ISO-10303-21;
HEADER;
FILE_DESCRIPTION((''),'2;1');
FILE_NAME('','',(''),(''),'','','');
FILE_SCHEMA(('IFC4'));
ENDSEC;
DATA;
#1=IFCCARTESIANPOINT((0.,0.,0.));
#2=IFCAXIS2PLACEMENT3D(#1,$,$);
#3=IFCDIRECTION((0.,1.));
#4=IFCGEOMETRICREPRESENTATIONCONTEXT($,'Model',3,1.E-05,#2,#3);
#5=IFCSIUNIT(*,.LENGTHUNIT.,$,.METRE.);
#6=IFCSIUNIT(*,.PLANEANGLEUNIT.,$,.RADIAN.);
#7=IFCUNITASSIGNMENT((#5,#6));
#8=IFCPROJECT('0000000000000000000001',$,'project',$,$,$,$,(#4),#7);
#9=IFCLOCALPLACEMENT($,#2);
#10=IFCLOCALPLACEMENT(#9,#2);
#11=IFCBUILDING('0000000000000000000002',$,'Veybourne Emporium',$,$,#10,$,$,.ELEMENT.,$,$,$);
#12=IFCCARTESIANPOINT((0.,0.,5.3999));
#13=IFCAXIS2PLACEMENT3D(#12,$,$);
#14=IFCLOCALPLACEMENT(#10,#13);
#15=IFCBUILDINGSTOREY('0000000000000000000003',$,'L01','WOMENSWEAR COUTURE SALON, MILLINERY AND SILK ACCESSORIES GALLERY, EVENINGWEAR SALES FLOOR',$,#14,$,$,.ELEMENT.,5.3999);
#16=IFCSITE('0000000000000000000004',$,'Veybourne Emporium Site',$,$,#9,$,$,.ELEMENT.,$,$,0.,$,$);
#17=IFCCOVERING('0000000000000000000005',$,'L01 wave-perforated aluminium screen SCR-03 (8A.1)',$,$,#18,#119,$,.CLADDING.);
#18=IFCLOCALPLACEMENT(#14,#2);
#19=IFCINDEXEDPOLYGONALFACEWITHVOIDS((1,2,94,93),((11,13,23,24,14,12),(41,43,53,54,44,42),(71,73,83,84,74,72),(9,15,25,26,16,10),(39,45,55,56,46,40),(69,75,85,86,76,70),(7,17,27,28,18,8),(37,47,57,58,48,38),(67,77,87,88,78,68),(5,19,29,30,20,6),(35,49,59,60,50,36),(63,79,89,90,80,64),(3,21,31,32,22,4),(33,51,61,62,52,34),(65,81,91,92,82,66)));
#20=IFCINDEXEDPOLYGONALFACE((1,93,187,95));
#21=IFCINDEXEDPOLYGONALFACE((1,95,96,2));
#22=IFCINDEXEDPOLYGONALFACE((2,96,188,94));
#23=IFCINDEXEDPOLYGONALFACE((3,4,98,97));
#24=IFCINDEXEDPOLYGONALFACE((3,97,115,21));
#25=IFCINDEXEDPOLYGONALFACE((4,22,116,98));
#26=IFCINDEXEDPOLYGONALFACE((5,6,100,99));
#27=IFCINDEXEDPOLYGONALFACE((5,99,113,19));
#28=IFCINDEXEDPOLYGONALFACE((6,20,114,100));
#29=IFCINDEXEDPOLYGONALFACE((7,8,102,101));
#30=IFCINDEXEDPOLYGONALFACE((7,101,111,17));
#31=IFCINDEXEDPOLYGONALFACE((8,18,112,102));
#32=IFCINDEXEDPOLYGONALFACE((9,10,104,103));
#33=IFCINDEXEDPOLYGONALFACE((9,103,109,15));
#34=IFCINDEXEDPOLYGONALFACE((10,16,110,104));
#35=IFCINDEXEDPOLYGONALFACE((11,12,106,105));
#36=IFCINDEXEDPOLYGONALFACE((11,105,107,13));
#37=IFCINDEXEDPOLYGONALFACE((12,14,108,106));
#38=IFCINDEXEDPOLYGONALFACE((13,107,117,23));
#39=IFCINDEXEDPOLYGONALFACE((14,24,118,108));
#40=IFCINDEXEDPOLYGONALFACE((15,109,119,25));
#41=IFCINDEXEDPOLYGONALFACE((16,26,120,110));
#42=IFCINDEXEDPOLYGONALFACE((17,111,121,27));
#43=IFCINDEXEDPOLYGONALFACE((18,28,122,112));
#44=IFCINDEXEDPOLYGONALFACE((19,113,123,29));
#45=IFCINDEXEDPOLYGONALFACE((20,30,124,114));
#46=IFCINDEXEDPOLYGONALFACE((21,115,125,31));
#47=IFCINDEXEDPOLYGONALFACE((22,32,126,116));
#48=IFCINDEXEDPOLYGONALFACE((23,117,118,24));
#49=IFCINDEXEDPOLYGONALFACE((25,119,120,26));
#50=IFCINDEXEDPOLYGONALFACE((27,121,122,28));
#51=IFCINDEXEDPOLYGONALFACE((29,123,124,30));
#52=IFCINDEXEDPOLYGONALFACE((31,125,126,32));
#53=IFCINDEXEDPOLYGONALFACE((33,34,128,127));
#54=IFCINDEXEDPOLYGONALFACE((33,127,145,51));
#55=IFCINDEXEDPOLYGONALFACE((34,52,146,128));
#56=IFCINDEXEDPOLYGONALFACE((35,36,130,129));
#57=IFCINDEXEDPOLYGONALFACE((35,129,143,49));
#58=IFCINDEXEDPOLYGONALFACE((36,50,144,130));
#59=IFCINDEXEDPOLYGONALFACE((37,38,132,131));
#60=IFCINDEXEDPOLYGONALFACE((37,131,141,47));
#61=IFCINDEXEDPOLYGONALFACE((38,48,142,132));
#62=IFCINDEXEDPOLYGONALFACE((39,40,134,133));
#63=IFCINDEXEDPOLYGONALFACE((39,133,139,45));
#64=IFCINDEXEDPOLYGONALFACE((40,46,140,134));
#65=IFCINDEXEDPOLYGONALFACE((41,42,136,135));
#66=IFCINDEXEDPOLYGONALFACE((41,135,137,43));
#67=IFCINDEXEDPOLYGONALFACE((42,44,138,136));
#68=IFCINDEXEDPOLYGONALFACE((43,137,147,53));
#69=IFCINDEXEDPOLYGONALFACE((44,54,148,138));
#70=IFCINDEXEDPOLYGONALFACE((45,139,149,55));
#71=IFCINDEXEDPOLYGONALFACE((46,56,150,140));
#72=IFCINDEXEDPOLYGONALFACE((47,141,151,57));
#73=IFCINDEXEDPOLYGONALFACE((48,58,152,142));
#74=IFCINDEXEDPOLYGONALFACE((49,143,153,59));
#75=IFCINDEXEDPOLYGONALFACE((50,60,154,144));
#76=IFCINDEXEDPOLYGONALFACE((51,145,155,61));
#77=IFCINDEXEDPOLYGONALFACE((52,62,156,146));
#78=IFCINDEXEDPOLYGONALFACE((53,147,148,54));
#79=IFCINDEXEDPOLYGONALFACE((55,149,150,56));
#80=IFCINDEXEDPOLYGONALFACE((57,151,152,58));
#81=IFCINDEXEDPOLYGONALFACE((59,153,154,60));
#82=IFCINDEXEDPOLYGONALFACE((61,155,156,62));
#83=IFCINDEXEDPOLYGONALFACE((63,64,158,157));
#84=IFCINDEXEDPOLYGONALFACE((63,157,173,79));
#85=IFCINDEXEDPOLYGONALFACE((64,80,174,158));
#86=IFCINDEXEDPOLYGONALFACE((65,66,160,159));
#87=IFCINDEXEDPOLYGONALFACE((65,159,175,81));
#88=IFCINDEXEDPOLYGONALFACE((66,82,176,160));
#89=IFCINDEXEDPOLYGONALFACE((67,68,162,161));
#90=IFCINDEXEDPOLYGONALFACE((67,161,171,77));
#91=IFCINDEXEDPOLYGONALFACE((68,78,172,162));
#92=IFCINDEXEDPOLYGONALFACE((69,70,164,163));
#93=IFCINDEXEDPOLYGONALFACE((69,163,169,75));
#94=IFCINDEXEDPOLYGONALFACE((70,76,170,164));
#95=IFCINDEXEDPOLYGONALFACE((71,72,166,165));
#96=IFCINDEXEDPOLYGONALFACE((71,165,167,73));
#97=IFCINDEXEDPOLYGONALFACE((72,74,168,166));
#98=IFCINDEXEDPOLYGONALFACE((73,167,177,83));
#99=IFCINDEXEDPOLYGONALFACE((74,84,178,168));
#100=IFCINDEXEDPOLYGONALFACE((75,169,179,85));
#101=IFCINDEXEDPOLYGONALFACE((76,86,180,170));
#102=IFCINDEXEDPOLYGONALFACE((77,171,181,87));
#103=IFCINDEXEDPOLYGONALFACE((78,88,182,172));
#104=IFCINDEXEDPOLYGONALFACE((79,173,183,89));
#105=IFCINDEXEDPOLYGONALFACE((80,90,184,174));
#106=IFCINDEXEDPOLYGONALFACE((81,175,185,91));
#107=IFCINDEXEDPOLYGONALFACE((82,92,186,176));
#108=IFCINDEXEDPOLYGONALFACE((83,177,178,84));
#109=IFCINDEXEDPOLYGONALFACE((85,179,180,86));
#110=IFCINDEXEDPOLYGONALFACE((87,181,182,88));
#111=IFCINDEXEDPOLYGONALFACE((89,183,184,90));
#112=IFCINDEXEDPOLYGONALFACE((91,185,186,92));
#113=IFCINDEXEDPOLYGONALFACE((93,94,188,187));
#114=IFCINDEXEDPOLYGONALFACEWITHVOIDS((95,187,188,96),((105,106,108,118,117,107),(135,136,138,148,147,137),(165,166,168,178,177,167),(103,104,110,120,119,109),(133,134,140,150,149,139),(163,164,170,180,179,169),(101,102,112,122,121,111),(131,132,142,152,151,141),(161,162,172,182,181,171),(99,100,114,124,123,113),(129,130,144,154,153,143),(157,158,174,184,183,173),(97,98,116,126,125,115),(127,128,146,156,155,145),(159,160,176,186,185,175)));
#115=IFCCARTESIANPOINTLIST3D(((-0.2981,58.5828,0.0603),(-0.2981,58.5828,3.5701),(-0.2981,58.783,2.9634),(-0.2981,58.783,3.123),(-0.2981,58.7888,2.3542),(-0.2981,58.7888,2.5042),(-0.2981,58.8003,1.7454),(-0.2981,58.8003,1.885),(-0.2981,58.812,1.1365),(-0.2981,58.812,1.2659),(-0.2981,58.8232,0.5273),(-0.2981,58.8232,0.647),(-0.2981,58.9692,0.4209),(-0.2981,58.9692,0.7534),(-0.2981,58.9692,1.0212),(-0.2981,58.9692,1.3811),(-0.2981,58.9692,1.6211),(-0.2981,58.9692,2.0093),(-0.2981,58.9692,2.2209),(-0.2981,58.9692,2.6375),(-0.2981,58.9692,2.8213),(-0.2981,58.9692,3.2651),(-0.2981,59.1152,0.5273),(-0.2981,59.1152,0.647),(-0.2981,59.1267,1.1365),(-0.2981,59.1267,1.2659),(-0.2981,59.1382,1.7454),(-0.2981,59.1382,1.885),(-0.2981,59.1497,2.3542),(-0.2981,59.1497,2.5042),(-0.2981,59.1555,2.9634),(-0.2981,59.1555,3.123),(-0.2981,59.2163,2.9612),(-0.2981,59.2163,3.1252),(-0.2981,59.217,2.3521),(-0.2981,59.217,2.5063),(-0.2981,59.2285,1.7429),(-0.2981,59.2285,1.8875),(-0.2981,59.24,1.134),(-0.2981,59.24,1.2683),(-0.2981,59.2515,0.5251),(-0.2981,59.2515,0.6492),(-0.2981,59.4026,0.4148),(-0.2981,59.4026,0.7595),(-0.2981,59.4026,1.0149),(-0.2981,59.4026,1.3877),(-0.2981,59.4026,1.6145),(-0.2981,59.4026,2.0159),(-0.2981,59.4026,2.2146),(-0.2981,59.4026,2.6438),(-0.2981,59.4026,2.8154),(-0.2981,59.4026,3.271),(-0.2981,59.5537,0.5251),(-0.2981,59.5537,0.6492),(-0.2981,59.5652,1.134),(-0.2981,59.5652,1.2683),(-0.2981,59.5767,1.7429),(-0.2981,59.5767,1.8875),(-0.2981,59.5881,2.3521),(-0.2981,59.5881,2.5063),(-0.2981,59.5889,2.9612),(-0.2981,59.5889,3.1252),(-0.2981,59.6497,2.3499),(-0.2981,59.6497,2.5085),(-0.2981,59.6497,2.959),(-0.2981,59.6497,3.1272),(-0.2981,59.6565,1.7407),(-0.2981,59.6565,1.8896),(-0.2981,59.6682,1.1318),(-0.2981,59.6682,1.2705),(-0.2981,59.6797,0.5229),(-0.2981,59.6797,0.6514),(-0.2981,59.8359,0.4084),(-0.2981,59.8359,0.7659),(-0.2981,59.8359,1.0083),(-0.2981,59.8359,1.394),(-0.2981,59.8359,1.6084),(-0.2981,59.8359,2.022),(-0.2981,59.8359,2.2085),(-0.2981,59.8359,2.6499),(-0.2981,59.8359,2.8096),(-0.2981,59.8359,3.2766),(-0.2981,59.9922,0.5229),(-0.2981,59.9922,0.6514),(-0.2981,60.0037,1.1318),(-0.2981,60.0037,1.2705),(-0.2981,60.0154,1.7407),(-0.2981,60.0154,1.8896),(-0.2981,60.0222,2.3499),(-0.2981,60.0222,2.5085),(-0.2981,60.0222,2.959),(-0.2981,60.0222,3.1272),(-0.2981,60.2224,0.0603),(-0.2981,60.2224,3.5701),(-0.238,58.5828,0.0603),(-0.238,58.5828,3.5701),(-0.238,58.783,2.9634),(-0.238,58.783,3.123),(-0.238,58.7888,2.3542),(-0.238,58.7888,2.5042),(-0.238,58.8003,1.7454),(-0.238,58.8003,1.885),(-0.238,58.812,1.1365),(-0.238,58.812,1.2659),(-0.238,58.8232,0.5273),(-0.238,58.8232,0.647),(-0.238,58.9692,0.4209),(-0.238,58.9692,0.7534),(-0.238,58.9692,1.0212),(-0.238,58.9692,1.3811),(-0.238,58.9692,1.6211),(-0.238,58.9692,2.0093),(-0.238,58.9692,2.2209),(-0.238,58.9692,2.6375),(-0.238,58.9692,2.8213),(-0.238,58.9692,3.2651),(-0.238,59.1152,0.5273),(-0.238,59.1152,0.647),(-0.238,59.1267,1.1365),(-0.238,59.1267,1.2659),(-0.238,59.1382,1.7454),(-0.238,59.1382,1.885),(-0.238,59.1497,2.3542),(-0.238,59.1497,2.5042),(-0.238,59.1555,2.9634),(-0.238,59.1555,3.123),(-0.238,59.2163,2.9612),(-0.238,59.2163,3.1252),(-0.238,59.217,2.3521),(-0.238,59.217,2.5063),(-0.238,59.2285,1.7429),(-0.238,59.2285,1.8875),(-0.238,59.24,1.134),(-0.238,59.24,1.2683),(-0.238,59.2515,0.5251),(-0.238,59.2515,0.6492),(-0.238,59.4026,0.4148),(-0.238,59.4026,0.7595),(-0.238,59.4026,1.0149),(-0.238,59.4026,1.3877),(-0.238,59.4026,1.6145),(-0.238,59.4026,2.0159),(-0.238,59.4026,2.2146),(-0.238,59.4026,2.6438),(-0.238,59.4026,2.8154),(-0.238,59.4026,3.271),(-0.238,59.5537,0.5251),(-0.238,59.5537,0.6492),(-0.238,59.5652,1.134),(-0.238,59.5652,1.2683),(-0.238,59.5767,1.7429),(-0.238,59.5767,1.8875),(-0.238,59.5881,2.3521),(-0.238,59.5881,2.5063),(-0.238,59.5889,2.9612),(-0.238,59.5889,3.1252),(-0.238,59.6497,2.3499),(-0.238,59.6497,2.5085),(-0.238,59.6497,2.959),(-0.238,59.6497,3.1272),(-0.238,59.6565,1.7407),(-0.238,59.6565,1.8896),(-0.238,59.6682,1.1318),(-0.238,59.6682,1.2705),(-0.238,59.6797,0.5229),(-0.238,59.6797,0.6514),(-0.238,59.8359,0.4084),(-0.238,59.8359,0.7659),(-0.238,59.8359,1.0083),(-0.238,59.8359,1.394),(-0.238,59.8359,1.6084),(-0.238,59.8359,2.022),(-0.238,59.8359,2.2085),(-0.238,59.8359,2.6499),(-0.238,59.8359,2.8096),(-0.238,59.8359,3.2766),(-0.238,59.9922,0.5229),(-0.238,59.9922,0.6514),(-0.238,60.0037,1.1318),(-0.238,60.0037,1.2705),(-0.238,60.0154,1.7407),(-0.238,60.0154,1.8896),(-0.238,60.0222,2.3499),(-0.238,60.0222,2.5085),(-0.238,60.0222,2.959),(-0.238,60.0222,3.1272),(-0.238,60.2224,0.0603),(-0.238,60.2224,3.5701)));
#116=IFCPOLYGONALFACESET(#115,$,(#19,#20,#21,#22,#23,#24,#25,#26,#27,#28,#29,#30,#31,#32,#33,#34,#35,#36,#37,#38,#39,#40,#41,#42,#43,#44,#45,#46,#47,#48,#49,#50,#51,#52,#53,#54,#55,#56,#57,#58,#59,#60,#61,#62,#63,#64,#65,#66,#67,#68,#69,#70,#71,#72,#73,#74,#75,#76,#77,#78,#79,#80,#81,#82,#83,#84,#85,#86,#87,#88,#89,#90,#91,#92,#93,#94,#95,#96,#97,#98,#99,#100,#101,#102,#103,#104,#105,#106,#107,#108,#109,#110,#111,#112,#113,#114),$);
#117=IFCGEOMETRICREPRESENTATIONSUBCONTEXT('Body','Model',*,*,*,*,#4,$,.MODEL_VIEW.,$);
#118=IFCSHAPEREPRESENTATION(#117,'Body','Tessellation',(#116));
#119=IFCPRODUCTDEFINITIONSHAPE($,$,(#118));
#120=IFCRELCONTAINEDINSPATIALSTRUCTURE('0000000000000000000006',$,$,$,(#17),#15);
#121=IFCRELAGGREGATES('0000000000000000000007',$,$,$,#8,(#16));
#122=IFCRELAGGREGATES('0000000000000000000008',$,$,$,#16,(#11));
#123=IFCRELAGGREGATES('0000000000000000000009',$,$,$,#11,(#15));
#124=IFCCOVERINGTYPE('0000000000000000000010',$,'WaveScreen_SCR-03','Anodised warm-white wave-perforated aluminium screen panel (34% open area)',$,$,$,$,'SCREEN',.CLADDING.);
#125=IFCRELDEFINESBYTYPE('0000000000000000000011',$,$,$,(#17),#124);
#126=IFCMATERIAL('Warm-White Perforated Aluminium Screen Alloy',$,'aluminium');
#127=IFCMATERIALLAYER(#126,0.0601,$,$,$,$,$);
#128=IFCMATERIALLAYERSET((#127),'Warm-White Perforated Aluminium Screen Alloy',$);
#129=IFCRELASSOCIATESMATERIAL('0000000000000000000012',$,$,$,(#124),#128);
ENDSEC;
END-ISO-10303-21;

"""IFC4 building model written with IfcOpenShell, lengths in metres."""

from ifc_helpers import new_model, si_unit, direction, frame, origin, place, context, subcontext, project, spatial, polyline, outline, extrude, material, layer, layer_set, type_object, element, save


model = new_model("IFC4")

# Units and contexts
model_context = context("Model", 3, precision=1e-05, world=origin(), true_north=direction((0.0, 1.0)))
body_context = subcontext(model_context, "Body", "Model", "MODEL_VIEW")
ifc_project = project(units=[si_unit("LENGTHUNIT", "METRE"), si_unit("PLANEANGLEUNIT", "RADIAN")], contexts=[model_context])

# Site, building, storey
site_placement = place(None, origin())
site = spatial("IfcSite", under=ifc_project, at=site_placement, Name="Veybourne Emporium Site", CompositionType="ELEMENT", RefElevation=0.0)
building_placement = place(site_placement, origin())
building = spatial("IfcBuilding", under=site, at=building_placement, Name="Veybourne Emporium", CompositionType="ELEMENT")
storey_placement = place(building_placement, frame((0.0, 0.0, 5.3999)))
storey = spatial("IfcBuildingStorey", under=building, at=storey_placement, Name="L01", Description="WOMENSWEAR COUTURE SALON, MILLINERY AND SILK ACCESSORIES GALLERY, EVENINGWEAR SALES FLOOR", CompositionType="ELEMENT", Elevation=5.3999)

# Covering
ifc_material_1 = material(Name="Warm-White Perforated Aluminium Screen Alloy", Category="aluminium")
ifc_layer_1 = layer(ifc_material_1, 0.0601)
ifc_layer_set_1 = layer_set([ifc_layer_1], Name="Warm-White Perforated Aluminium Screen Alloy")
covering_type_1 = type_object("IfcCoveringType", Name="WaveScreen_SCR-03", Description="Anodised warm-white wave-perforated aluminium screen panel (34% open area)", ElementType="SCREEN", PredefinedType="CLADDING", material=ifc_layer_set_1)
covering_1_placement = place(storey_placement, frame((-0.2981, 59.4026, 1.8152), z_axis=(1.0, 0.0, 0.0), x_axis=(0.0, 1.0, 0.0)))
element("IfcCovering", 1, at=covering_1_placement, inside=storey, type_object=covering_type_1, Name="L01 wave-perforated aluminium screen SCR-03 (8A.1)", PredefinedType="CLADDING", context=body_context, shape_type="SweptSolid", body=[
    extrude(outline(polyline([(-0.8198, -1.7549), (0.8198, -1.7549), (0.8198, 1.7549), (-0.8198, 1.7549), (-0.8198, -1.7549)]), holes=[polyline([(-0.4333, -1.0618), (-0.2874, -1.1682), (-0.2874, -1.2878), (-0.4333, -1.3943), (-0.5793, -1.2878), (-0.5793, -1.1682), (-0.4333, -1.0618)]), polyline([(-0.4333, -0.4341), (-0.2759, -0.5493), (-0.2759, -0.6787), (-0.4333, -0.7939), (-0.5906, -0.6787), (-0.5906, -0.5493), (-0.4333, -0.4341)]), polyline([(-0.4333, 0.1941), (-0.2644, 0.0698), (-0.2644, -0.0698), (-0.4333, -0.1941), (-0.6023, -0.0698), (-0.6023, 0.0698), (-0.4333, 0.1941)]), polyline([(-0.4333, 0.8223), (-0.2529, 0.689), (-0.2529, 0.5391), (-0.4333, 0.4058), (-0.6138, 0.5391), (-0.6138, 0.689), (-0.4333, 0.8223)]), polyline([(-0.4333, 1.45), (-0.2471, 1.3079), (-0.2471, 1.1482), (-0.4333, 1.0061), (-0.6196, 1.1482), (-0.6196, 1.3079), (-0.4333, 1.45)]), polyline([(0.0, -1.0557), (0.1511, -1.166), (0.1511, -1.29), (0.0, -1.4004), (-0.1511, -1.29), (-0.1511, -1.166), (0.0, -1.0557)]), polyline([(0.0, -0.4275), (0.1626, -0.5469), (0.1626, -0.6812), (0.0, -0.8003), (-0.1626, -0.6812), (-0.1626, -0.5469), (0.0, -0.4275)]), polyline([(0.0, 0.2007), (0.1741, 0.0723), (0.1741, -0.0723), (0.0, -0.2007), (-0.1741, -0.0723), (-0.1741, 0.0723), (0.0, 0.2007)]), polyline([(0.0, 0.8286), (0.1855, 0.6912), (0.1855, 0.5369), (0.0, 0.3994), (-0.1855, 0.5369), (-0.1855, 0.6912), (0.0, 0.8286)]), polyline([(0.0, 1.4558), (0.1863, 1.3101), (0.1863, 1.146), (0.0, 1.0002), (-0.1863, 1.146), (-0.1863, 1.3101), (0.0, 1.4558)]), polyline([(0.4333, -1.0493), (0.5896, -1.1638), (0.5896, -1.2922), (0.4333, -1.4067), (0.2771, -1.2922), (0.2771, -1.1638), (0.4333, -1.0493)]), polyline([(0.4333, -0.4211), (0.6011, -0.5447), (0.6011, -0.6833), (0.4333, -0.8069), (0.2656, -0.6833), (0.2656, -0.5447), (0.4333, -0.4211)]), polyline([(0.4333, 0.2068), (0.6128, 0.0745), (0.6128, -0.0745), (0.4333, -0.2068), (0.2539, -0.0745), (0.2539, 0.0745), (0.4333, 0.2068)]), polyline([(0.4333, 0.8347), (0.6196, 0.6934), (0.6196, 0.5347), (0.4333, 0.3933), (0.2471, 0.5347), (0.2471, 0.6934), (0.4333, 0.8347)]), polyline([(0.4333, 1.4614), (0.6196, 1.312), (0.6196, 1.1438), (0.4333, 0.9944), (0.2471, 1.1438), (0.2471, 1.312), (0.4333, 1.4614)])]), origin(), (0.0, 0.0, 1.0), 0.0601),
])

save(model, "model.ifc")
